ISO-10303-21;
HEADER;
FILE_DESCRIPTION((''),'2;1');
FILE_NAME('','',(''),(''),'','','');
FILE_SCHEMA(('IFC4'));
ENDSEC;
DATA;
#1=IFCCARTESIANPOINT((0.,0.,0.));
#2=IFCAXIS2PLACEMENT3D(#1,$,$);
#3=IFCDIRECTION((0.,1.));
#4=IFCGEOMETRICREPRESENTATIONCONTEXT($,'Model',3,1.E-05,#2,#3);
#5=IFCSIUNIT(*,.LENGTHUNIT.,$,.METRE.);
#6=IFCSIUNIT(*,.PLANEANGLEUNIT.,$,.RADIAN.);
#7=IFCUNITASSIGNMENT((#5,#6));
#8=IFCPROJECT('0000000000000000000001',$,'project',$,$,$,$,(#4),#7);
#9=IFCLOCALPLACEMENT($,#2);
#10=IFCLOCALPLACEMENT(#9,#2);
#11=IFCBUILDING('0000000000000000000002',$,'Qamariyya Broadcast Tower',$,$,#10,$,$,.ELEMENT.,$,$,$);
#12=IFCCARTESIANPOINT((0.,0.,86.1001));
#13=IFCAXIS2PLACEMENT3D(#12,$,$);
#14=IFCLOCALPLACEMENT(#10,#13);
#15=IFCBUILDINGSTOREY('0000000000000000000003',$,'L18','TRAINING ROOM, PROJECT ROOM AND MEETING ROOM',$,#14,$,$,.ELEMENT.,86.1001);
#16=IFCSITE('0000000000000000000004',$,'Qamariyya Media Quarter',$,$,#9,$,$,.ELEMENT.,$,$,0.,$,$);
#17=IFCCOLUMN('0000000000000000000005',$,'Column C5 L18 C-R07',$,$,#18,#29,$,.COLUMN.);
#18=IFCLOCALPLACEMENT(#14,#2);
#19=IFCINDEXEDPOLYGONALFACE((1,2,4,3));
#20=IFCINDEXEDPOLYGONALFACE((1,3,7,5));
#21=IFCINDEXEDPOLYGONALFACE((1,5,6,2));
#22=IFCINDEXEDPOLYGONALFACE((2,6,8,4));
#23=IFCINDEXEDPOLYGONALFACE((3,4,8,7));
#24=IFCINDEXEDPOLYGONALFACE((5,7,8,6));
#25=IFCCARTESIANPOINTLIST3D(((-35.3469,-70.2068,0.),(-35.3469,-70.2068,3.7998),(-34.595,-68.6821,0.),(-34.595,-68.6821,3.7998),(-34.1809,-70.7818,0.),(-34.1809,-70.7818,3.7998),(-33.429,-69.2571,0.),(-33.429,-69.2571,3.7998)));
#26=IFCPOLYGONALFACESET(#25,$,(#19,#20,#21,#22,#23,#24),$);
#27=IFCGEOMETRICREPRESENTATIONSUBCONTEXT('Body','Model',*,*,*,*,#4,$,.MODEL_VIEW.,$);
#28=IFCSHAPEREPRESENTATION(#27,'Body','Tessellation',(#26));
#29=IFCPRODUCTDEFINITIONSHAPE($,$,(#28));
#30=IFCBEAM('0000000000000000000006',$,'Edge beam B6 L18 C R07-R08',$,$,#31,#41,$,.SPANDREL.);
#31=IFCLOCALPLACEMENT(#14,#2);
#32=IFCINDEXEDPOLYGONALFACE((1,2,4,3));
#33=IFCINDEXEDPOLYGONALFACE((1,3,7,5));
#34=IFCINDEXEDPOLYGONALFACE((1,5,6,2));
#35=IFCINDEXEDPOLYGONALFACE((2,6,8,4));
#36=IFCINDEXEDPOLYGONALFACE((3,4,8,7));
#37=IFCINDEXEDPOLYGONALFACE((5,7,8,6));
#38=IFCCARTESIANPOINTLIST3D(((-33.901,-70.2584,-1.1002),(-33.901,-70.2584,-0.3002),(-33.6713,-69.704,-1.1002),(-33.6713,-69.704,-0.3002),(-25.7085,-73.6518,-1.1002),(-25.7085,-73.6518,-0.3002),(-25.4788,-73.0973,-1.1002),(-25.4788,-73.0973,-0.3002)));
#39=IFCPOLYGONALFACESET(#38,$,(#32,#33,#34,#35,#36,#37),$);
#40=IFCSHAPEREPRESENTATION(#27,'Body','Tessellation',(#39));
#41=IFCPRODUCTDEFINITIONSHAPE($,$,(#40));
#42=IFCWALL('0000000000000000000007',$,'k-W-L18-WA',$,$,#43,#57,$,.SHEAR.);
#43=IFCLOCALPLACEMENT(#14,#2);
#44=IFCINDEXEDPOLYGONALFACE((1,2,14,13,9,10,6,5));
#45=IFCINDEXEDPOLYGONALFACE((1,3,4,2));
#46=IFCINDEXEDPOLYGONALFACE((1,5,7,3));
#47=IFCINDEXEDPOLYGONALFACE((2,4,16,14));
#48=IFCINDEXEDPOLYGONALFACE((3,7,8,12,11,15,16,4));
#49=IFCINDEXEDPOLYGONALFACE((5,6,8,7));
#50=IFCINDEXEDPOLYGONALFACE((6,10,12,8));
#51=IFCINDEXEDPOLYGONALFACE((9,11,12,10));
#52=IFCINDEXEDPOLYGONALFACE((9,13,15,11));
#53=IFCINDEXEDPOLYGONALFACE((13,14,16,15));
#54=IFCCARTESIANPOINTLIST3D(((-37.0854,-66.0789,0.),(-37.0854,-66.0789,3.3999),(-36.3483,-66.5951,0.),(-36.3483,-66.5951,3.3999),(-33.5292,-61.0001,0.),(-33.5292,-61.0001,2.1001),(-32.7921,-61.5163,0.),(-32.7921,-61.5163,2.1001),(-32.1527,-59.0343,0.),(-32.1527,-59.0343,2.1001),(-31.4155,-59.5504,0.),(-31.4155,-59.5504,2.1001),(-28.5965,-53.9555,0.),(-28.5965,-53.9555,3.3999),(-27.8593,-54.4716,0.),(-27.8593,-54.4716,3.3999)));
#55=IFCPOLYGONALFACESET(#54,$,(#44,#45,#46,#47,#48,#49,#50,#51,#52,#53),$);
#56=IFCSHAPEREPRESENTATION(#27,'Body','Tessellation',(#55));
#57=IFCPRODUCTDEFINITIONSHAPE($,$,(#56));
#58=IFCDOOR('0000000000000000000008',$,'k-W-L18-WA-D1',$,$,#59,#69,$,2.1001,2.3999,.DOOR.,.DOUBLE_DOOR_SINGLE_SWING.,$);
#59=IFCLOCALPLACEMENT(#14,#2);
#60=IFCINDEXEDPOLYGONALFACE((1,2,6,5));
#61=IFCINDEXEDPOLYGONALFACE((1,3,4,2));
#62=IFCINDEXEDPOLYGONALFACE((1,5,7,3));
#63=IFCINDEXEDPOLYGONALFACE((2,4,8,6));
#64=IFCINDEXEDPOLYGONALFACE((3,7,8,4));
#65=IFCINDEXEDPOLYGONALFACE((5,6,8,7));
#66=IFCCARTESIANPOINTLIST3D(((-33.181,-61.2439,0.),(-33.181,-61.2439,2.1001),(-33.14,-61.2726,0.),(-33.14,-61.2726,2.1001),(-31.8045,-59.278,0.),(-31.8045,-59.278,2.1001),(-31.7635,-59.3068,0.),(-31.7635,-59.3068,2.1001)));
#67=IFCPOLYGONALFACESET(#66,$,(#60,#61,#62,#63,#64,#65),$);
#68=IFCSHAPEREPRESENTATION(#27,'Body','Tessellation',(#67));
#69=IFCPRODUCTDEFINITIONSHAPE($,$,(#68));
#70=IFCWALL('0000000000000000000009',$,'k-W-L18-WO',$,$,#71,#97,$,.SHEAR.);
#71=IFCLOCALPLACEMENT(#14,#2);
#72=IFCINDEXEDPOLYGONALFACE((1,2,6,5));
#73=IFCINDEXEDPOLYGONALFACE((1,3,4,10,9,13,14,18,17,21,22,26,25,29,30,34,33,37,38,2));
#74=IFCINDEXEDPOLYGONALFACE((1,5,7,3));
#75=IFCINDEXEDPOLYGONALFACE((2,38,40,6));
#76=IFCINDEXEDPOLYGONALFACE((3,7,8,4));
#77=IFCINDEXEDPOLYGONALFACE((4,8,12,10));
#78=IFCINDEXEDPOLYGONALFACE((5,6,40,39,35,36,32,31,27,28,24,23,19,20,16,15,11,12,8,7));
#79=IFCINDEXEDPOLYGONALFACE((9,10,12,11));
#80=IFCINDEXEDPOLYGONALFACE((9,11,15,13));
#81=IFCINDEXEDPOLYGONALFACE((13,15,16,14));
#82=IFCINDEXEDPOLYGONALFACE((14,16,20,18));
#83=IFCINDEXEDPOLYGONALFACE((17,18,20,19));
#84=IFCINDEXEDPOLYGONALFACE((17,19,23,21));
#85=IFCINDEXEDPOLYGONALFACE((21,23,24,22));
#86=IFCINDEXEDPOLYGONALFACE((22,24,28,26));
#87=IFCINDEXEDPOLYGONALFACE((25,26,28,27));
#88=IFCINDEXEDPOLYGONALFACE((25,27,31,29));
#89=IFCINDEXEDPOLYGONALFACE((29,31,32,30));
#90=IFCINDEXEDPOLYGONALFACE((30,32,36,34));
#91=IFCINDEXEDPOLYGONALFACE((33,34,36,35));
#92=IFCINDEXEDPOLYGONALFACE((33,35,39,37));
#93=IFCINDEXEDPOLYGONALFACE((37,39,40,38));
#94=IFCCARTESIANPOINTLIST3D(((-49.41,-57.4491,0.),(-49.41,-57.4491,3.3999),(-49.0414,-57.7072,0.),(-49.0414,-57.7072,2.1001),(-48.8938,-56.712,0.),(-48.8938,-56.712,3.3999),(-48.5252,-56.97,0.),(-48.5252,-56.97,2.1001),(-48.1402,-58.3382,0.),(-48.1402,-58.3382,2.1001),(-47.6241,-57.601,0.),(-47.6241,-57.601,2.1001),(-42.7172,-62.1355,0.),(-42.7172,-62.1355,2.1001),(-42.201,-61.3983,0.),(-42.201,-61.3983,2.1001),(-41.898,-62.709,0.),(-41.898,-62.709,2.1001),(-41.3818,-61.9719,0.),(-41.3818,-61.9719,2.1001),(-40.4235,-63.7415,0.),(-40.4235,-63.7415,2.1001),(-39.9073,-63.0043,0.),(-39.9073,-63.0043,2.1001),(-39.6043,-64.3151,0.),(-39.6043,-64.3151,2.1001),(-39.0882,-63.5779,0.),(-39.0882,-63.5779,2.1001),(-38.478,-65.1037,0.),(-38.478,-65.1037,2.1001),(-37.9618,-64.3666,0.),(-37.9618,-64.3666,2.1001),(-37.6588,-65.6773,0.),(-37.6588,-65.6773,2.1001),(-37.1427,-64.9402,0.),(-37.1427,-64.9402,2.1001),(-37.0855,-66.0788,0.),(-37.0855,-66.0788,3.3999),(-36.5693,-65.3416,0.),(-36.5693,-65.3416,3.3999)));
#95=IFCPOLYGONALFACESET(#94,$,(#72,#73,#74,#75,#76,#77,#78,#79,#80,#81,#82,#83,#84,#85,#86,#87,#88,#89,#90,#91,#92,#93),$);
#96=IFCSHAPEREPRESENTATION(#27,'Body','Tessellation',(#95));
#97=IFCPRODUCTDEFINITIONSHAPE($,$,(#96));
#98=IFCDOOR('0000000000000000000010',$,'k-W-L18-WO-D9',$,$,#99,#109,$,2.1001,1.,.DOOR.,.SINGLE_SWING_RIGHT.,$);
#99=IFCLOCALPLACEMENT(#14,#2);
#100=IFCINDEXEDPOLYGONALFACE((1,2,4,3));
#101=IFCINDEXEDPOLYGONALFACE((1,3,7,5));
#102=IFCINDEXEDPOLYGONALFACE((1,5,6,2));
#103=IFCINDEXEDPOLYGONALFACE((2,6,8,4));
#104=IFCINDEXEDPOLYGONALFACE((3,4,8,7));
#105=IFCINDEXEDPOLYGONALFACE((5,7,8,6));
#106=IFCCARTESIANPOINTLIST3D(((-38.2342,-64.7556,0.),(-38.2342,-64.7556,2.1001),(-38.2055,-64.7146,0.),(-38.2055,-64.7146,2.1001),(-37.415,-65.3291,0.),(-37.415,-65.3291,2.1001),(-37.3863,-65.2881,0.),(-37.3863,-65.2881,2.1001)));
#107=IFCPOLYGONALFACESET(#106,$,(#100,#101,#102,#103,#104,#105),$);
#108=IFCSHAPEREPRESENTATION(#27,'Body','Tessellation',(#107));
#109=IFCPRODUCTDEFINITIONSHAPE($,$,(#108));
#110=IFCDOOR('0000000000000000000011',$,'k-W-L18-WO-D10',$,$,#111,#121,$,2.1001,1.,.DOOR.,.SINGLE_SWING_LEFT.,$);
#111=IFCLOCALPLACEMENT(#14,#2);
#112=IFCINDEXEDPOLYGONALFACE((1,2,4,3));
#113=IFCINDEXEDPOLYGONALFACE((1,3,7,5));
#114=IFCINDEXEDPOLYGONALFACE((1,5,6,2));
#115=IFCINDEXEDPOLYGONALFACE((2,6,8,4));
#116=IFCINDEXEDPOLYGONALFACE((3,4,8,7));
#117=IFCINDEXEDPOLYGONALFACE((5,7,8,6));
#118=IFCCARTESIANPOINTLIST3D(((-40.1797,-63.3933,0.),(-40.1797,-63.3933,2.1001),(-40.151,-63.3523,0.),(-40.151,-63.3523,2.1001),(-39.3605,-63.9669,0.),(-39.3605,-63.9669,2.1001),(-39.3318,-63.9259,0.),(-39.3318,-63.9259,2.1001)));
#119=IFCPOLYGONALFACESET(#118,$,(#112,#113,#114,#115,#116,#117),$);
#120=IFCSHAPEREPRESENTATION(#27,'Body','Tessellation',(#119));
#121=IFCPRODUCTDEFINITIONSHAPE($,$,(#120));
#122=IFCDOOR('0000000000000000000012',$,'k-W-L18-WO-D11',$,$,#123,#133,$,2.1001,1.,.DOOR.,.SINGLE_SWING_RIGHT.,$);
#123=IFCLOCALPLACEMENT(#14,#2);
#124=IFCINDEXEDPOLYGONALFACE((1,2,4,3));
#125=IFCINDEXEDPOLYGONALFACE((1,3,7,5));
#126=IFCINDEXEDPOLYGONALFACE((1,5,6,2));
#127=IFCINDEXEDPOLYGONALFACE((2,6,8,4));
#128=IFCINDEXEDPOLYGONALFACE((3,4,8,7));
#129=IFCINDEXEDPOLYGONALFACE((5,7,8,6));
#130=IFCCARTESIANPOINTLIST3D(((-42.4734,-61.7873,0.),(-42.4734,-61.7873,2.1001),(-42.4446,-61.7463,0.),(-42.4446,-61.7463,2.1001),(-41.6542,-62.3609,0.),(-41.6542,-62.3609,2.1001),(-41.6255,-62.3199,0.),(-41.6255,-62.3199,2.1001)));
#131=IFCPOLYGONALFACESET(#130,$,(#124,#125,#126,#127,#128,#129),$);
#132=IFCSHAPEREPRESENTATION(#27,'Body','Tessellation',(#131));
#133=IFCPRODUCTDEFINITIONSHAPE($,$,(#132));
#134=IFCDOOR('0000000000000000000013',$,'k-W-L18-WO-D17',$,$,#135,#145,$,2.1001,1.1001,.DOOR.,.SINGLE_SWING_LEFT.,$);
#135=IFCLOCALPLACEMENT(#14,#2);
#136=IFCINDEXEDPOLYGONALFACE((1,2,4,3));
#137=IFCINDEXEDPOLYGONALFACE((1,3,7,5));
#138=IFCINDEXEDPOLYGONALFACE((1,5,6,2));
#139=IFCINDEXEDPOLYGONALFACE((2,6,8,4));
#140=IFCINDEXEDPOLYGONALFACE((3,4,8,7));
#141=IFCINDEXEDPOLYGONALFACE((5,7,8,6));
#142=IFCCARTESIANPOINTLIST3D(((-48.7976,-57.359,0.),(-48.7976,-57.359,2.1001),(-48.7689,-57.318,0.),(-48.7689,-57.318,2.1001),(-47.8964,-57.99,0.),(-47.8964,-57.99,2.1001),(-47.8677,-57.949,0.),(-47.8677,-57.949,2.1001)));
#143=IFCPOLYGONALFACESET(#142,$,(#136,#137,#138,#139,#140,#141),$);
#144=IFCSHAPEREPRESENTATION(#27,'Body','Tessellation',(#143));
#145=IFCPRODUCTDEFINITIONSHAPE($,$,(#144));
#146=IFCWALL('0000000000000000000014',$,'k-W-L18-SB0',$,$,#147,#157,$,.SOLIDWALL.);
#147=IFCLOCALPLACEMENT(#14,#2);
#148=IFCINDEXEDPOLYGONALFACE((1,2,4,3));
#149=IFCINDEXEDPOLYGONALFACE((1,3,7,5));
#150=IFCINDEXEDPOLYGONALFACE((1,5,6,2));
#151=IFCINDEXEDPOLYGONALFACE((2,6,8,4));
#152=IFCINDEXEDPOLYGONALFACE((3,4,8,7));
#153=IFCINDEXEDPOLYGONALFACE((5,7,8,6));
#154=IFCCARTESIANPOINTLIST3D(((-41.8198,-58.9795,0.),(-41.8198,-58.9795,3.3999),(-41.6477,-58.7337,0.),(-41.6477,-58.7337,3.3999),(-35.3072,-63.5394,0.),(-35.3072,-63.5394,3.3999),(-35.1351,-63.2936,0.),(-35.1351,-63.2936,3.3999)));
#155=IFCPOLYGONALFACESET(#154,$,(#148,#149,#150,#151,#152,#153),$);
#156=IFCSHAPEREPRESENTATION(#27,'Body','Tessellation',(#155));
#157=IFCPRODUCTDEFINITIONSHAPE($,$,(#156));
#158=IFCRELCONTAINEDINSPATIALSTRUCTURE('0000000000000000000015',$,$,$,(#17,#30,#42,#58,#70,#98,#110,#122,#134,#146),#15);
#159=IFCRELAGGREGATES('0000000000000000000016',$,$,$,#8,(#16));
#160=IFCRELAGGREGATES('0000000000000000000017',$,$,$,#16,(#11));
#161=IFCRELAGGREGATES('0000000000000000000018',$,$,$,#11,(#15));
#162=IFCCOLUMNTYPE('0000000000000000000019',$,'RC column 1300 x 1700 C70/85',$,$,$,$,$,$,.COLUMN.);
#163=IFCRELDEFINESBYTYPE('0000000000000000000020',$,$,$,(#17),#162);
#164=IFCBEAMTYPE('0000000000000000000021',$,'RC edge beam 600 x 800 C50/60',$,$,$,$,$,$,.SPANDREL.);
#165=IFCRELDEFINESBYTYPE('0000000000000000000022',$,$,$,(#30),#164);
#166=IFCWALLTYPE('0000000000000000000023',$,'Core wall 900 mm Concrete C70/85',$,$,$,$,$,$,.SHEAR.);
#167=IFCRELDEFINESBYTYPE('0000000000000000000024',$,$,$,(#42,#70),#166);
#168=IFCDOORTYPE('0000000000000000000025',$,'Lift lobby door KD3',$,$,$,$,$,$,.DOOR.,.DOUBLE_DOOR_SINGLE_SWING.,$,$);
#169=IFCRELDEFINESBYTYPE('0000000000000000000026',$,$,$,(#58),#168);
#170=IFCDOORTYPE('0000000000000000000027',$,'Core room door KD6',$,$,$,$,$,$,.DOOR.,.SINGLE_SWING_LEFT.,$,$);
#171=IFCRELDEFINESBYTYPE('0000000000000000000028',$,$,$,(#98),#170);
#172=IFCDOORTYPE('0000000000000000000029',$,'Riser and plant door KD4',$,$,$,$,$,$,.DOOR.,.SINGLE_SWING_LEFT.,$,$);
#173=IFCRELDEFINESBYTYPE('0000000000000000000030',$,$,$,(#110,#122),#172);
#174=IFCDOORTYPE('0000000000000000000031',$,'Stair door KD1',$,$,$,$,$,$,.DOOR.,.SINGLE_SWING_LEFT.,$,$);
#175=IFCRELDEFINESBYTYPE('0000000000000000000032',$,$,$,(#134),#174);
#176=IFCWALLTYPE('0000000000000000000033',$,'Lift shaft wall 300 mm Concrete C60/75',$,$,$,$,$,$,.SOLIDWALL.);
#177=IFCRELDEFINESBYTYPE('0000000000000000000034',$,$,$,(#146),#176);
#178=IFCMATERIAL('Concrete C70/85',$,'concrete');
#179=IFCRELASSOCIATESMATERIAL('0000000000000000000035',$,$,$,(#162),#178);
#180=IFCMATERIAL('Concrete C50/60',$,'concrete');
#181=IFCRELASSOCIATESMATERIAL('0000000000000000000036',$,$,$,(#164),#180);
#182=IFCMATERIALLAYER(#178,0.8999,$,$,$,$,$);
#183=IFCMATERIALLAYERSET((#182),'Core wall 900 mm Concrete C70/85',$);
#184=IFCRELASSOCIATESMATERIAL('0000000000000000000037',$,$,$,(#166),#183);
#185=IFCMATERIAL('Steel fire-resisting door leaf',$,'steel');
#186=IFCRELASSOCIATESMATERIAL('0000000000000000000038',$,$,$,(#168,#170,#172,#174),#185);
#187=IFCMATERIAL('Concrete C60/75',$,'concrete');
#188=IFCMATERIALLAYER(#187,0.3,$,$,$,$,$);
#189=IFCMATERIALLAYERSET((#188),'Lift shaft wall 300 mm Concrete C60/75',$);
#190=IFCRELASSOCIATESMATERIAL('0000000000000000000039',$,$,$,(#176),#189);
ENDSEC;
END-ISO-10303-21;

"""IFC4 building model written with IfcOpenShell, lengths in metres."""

from ifc_helpers import new_model, si_unit, direction, frame, frame_2d, origin, origin_2d, place, context, subcontext, project, spatial, rectangle, extrude, material, layer, layer_set, material_profile, profile_set, type_object, element, fill, save


model = new_model("IFC4")

# Units and contexts
model_context = context("Model", 3, precision=1e-05, world=origin(), true_north=direction((0.0, 1.0)))
body_context = subcontext(model_context, "Body", "Model", "MODEL_VIEW")
ifc_project = project(units=[si_unit("LENGTHUNIT", "METRE"), si_unit("PLANEANGLEUNIT", "RADIAN")], contexts=[model_context])

# Site, building, storey
site_placement = place(None, origin())
site = spatial("IfcSite", under=ifc_project, at=site_placement, Name="Qamariyya Media Quarter", CompositionType="ELEMENT", RefElevation=0.0)
building_placement = place(site_placement, origin())
building = spatial("IfcBuilding", under=site, at=building_placement, Name="Qamariyya Broadcast Tower", CompositionType="ELEMENT")
storey_placement = place(building_placement, frame((0.0, 0.0, 86.1001)))
storey = spatial("IfcBuildingStorey", under=building, at=storey_placement, Name="L18", Description="TRAINING ROOM, PROJECT ROOM AND MEETING ROOM", CompositionType="ELEMENT", Elevation=86.1001)

# Column
ifc_material_1 = material(Name="Concrete C70/85", Category="concrete")
ifc_material_profile_1 = material_profile(ifc_material_1, rectangle(XDim=1.3, YDim=1.7, at=origin_2d()))
ifc_profile_set_1 = profile_set([ifc_material_profile_1], Name="Concrete C70/85")
column_type = type_object("IfcColumnType", Name="RC column 1300 x 1700 C70/85", PredefinedType="COLUMN", material=ifc_profile_set_1)
column_placement = place(storey_placement, frame((-34.3879, -69.7319, 0.0), z_axis=(0.0, 0.0, 1.0), x_axis=(0.896873, -0.442289, 0.0)))
element("IfcColumn", 1, at=column_placement, inside=storey, type_object=column_type, Name="Column C5 L18 C-R07", PredefinedType="COLUMN", context=body_context, shape_type="SweptSolid", body=[
    extrude(rectangle(XDim=1.3, YDim=1.7, at=origin_2d()), origin(), (0.0, 0.0, 1.0), 3.7998),
])

# Beam
ifc_material_2 = material(Name="Concrete C50/60", Category="concrete")
ifc_material_profile_2 = material_profile(ifc_material_2, rectangle(XDim=0.6001, YDim=0.8, at=origin_2d()))
ifc_profile_set_2 = profile_set([ifc_material_profile_2], Name="Concrete C50/60")
beam_type = type_object("IfcBeamType", Name="RC edge beam 600 x 800 C50/60", PredefinedType="SPANDREL", material=ifc_profile_set_2)
beam_placement = place(storey_placement, frame((-33.7861, -69.9812, -0.7002), z_axis=(0.923883, -0.382675, 0.0), x_axis=(0.382675, 0.923883, 0.0)))
element("IfcBeam", 2, at=beam_placement, inside=storey, type_object=beam_type, Name="Edge beam B6 L18 C R07-R08", PredefinedType="SPANDREL", context=body_context, shape_type="SweptSolid", body=[
    extrude(rectangle(XDim=0.6001, YDim=0.8, at=origin_2d()), origin(), (0.0, 0.0, 1.0), 8.8674),
])

# Wall, opening, door
ifc_layer_1 = layer(ifc_material_1, 0.8999)
ifc_layer_set_1 = layer_set([ifc_layer_1], Name="Core wall 900 mm Concrete C70/85")
wall_type_1 = type_object("IfcWallType", Name="Core wall 900 mm Concrete C70/85", PredefinedType="SHEAR", material=ifc_layer_set_1)
wall_1_placement = place(storey_placement, frame((-36.7168, -66.3369, 0.0), z_axis=(0.0, 0.0, 1.0), x_axis=(0.573577, 0.819151, 0.0)))
wall_1 = element("IfcWall", 3, at=wall_1_placement, inside=storey, type_object=wall_type_1, Name="k-W-L18-WA", PredefinedType="SHEAR", context=body_context, shape_type="SweptSolid", body=[
    extrude(rectangle(XDim=14.8, YDim=0.8999, at=frame_2d((7.3999, 0.0))), origin(), (0.0, 0.0, 1.0), 3.3999),
])
opening_1_placement = place(wall_1_placement, frame((6.2, 0.0, 0.0)))
opening_1 = element("IfcOpeningElement", 4, at=opening_1_placement, cuts=wall_1, PredefinedType="OPENING", context=body_context, shape_type="SweptSolid", body=[
    extrude(rectangle(XDim=2.3999, YDim=2.1001, at=frame_2d((1.2, 1.05))), frame((0.0, 0.46, 0.0), z_axis=(0.0, -1.0, 0.0), x_axis=(1.0, 0.0, 0.0)), (0.0, 0.0, 1.0), 0.9199),
])
ifc_material_3 = material(Name="Steel fire-resisting door leaf", Category="steel")
door_type_1 = type_object("IfcDoorType", Name="Lift lobby door KD3", OperationType="DOUBLE_DOOR_SINGLE_SWING", PredefinedType="DOOR", material=ifc_material_3)
door_1_placement = place(opening_1_placement, origin())
door_1 = element("IfcDoor", 5, at=door_1_placement, inside=storey, type_object=door_type_1, Name="k-W-L18-WA-D1", OperationType="DOUBLE_DOOR_SINGLE_SWING", OverallHeight=2.1001, OverallWidth=2.3999, PredefinedType="DOOR", context=body_context, shape_type="SweptSolid", body=[
    extrude(rectangle(XDim=2.3999, YDim=2.1001, at=frame_2d((1.2, 1.05))), frame((0.0, 0.0249, 0.0), z_axis=(0.0, -1.0, 0.0), x_axis=(1.0, 0.0, 0.0)), (0.0, 0.0, 1.0), 0.05),
])
fill(opening_1, door_1)

# Wall, openings, doors
wall_2_placement = place(storey_placement, frame((-36.8274, -65.7102, 0.0), z_axis=(0.0, 0.0, 1.0), x_axis=(-0.819153, 0.573575, 0.0)))
wall_2 = element("IfcWall", 6, at=wall_2_placement, inside=storey, type_object=wall_type_1, Name="k-W-L18-WO", PredefinedType="SHEAR", context=body_context, shape_type="SweptSolid", body=[
    extrude(rectangle(XDim=15.0454, YDim=0.8999, at=frame_2d((7.5227, 0.0))), origin(), (0.0, 0.0, 1.0), 3.3999),
])
opening_2_placement = place(wall_2_placement, frame((0.7, 0.0, 0.0)))
opening_2 = element("IfcOpeningElement", 7, at=opening_2_placement, cuts=wall_2, PredefinedType="OPENING", context=body_context, shape_type="SweptSolid", body=[
    extrude(rectangle(XDim=1.0, YDim=2.1001, at=frame_2d((0.5, 1.05))), frame((0.0, 0.46, 0.0), z_axis=(0.0, -1.0, 0.0), x_axis=(1.0, 0.0, 0.0)), (0.0, 0.0, 1.0), 0.9199),
])
opening_3_placement = place(wall_2_placement, frame((3.075, 0.0, 0.0)))
opening_3 = element("IfcOpeningElement", 8, at=opening_3_placement, cuts=wall_2, PredefinedType="OPENING", context=body_context, shape_type="SweptSolid", body=[
    extrude(rectangle(XDim=1.0, YDim=2.1001, at=frame_2d((0.5, 1.05))), frame((0.0, 0.46, 0.0), z_axis=(0.0, -1.0, 0.0), x_axis=(1.0, 0.0, 0.0)), (0.0, 0.0, 1.0), 0.9199),
])
opening_4_placement = place(wall_2_placement, frame((5.875, 0.0, 0.0)))
opening_4 = element("IfcOpeningElement", 9, at=opening_4_placement, cuts=wall_2, PredefinedType="OPENING", context=body_context, shape_type="SweptSolid", body=[
    extrude(rectangle(XDim=1.0, YDim=2.1001, at=frame_2d((0.5, 1.05))), frame((0.0, 0.46, 0.0), z_axis=(0.0, -1.0, 0.0), x_axis=(1.0, 0.0, 0.0)), (0.0, 0.0, 1.0), 0.9199),
])
opening_5_placement = place(wall_2_placement, frame((13.4954, 0.0, 0.0)))
opening_5 = element("IfcOpeningElement", 10, at=opening_5_placement, cuts=wall_2, PredefinedType="OPENING", context=body_context, shape_type="SweptSolid", body=[
    extrude(rectangle(XDim=1.1001, YDim=2.1001, at=frame_2d((0.55, 1.05))), frame((0.0, 0.46, 0.0), z_axis=(0.0, -1.0, 0.0), x_axis=(1.0, 0.0, 0.0)), (0.0, 0.0, 1.0), 0.9199),
])
door_type_2 = type_object("IfcDoorType", Name="Core room door KD6", OperationType="SINGLE_SWING_LEFT", PredefinedType="DOOR", material=ifc_material_3)
door_2_placement = place(opening_2_placement, origin())
door_2 = element("IfcDoor", 11, at=door_2_placement, inside=storey, type_object=door_type_2, Name="k-W-L18-WO-D9", OperationType="SINGLE_SWING_RIGHT", OverallHeight=2.1001, OverallWidth=1.0, PredefinedType="DOOR", context=body_context, shape_type="SweptSolid", body=[
    extrude(rectangle(XDim=1.0, YDim=2.1001, at=frame_2d((0.5, 1.05))), frame((0.0, 0.0249, 0.0), z_axis=(0.0, -1.0, 0.0), x_axis=(1.0, 0.0, 0.0)), (0.0, 0.0, 1.0), 0.05),
])
fill(opening_2, door_2)
door_type_3 = type_object("IfcDoorType", Name="Riser and plant door KD4", OperationType="SINGLE_SWING_LEFT", PredefinedType="DOOR", material=ifc_material_3)
door_3_placement = place(opening_3_placement, origin())
door_3 = element("IfcDoor", 12, at=door_3_placement, inside=storey, type_object=door_type_3, Name="k-W-L18-WO-D10", OperationType="SINGLE_SWING_LEFT", OverallHeight=2.1001, OverallWidth=1.0, PredefinedType="DOOR", context=body_context, shape_type="SweptSolid", body=[
    extrude(rectangle(XDim=1.0, YDim=2.1001, at=frame_2d((0.5, 1.05))), frame((0.0, 0.0249, 0.0), z_axis=(0.0, -1.0, 0.0), x_axis=(1.0, 0.0, 0.0)), (0.0, 0.0, 1.0), 0.05),
])
fill(opening_3, door_3)
door_4_placement = place(opening_4_placement, origin())
door_4 = element("IfcDoor", 13, at=door_4_placement, inside=storey, type_object=door_type_3, Name="k-W-L18-WO-D11", OperationType="SINGLE_SWING_RIGHT", OverallHeight=2.1001, OverallWidth=1.0, PredefinedType="DOOR", context=body_context, shape_type="SweptSolid", body=[
    extrude(rectangle(XDim=1.0, YDim=2.1001, at=frame_2d((0.5, 1.05))), frame((0.0, 0.0249, 0.0), z_axis=(0.0, -1.0, 0.0), x_axis=(1.0, 0.0, 0.0)), (0.0, 0.0, 1.0), 0.05),
])
fill(opening_4, door_4)
door_type_4 = type_object("IfcDoorType", Name="Stair door KD1", OperationType="SINGLE_SWING_LEFT", PredefinedType="DOOR", material=ifc_material_3)
door_5_placement = place(opening_5_placement, origin())
door_5 = element("IfcDoor", 14, at=door_5_placement, inside=storey, type_object=door_type_4, Name="k-W-L18-WO-D17", OperationType="SINGLE_SWING_LEFT", OverallHeight=2.1001, OverallWidth=1.1001, PredefinedType="DOOR", context=body_context, shape_type="SweptSolid", body=[
    extrude(rectangle(XDim=1.1001, YDim=2.1001, at=frame_2d((0.55, 1.05))), frame((0.0, 0.0249, 0.0), z_axis=(0.0, -1.0, 0.0), x_axis=(1.0, 0.0, 0.0)), (0.0, 0.0, 1.0), 0.05),
])
fill(opening_5, door_5)

# Wall
ifc_material_4 = material(Name="Concrete C60/75", Category="concrete")
ifc_layer_2 = layer(ifc_material_4, 0.3)
ifc_layer_set_2 = layer_set([ifc_layer_2], Name="Lift shaft wall 300 mm Concrete C60/75")
wall_type_2 = type_object("IfcWallType", Name="Lift shaft wall 300 mm Concrete C60/75", PredefinedType="SOLIDWALL", material=ifc_layer_set_2)
wall_3_placement = place(storey_placement, frame((-35.2212, -63.4165, 0.0), z_axis=(0.0, 0.0, 1.0), x_axis=(-0.819167, 0.573555, 0.0)))
element("IfcWall", 15, at=wall_3_placement, inside=storey, type_object=wall_type_2, Name="k-W-L18-SB0", PredefinedType="SOLIDWALL", context=body_context, shape_type="SweptSolid", body=[
    extrude(rectangle(XDim=7.9502, YDim=0.3, at=frame_2d((3.9751, 0.0))), origin(), (0.0, 0.0, 1.0), 3.3999),
])

save(model, "model.ifc")
